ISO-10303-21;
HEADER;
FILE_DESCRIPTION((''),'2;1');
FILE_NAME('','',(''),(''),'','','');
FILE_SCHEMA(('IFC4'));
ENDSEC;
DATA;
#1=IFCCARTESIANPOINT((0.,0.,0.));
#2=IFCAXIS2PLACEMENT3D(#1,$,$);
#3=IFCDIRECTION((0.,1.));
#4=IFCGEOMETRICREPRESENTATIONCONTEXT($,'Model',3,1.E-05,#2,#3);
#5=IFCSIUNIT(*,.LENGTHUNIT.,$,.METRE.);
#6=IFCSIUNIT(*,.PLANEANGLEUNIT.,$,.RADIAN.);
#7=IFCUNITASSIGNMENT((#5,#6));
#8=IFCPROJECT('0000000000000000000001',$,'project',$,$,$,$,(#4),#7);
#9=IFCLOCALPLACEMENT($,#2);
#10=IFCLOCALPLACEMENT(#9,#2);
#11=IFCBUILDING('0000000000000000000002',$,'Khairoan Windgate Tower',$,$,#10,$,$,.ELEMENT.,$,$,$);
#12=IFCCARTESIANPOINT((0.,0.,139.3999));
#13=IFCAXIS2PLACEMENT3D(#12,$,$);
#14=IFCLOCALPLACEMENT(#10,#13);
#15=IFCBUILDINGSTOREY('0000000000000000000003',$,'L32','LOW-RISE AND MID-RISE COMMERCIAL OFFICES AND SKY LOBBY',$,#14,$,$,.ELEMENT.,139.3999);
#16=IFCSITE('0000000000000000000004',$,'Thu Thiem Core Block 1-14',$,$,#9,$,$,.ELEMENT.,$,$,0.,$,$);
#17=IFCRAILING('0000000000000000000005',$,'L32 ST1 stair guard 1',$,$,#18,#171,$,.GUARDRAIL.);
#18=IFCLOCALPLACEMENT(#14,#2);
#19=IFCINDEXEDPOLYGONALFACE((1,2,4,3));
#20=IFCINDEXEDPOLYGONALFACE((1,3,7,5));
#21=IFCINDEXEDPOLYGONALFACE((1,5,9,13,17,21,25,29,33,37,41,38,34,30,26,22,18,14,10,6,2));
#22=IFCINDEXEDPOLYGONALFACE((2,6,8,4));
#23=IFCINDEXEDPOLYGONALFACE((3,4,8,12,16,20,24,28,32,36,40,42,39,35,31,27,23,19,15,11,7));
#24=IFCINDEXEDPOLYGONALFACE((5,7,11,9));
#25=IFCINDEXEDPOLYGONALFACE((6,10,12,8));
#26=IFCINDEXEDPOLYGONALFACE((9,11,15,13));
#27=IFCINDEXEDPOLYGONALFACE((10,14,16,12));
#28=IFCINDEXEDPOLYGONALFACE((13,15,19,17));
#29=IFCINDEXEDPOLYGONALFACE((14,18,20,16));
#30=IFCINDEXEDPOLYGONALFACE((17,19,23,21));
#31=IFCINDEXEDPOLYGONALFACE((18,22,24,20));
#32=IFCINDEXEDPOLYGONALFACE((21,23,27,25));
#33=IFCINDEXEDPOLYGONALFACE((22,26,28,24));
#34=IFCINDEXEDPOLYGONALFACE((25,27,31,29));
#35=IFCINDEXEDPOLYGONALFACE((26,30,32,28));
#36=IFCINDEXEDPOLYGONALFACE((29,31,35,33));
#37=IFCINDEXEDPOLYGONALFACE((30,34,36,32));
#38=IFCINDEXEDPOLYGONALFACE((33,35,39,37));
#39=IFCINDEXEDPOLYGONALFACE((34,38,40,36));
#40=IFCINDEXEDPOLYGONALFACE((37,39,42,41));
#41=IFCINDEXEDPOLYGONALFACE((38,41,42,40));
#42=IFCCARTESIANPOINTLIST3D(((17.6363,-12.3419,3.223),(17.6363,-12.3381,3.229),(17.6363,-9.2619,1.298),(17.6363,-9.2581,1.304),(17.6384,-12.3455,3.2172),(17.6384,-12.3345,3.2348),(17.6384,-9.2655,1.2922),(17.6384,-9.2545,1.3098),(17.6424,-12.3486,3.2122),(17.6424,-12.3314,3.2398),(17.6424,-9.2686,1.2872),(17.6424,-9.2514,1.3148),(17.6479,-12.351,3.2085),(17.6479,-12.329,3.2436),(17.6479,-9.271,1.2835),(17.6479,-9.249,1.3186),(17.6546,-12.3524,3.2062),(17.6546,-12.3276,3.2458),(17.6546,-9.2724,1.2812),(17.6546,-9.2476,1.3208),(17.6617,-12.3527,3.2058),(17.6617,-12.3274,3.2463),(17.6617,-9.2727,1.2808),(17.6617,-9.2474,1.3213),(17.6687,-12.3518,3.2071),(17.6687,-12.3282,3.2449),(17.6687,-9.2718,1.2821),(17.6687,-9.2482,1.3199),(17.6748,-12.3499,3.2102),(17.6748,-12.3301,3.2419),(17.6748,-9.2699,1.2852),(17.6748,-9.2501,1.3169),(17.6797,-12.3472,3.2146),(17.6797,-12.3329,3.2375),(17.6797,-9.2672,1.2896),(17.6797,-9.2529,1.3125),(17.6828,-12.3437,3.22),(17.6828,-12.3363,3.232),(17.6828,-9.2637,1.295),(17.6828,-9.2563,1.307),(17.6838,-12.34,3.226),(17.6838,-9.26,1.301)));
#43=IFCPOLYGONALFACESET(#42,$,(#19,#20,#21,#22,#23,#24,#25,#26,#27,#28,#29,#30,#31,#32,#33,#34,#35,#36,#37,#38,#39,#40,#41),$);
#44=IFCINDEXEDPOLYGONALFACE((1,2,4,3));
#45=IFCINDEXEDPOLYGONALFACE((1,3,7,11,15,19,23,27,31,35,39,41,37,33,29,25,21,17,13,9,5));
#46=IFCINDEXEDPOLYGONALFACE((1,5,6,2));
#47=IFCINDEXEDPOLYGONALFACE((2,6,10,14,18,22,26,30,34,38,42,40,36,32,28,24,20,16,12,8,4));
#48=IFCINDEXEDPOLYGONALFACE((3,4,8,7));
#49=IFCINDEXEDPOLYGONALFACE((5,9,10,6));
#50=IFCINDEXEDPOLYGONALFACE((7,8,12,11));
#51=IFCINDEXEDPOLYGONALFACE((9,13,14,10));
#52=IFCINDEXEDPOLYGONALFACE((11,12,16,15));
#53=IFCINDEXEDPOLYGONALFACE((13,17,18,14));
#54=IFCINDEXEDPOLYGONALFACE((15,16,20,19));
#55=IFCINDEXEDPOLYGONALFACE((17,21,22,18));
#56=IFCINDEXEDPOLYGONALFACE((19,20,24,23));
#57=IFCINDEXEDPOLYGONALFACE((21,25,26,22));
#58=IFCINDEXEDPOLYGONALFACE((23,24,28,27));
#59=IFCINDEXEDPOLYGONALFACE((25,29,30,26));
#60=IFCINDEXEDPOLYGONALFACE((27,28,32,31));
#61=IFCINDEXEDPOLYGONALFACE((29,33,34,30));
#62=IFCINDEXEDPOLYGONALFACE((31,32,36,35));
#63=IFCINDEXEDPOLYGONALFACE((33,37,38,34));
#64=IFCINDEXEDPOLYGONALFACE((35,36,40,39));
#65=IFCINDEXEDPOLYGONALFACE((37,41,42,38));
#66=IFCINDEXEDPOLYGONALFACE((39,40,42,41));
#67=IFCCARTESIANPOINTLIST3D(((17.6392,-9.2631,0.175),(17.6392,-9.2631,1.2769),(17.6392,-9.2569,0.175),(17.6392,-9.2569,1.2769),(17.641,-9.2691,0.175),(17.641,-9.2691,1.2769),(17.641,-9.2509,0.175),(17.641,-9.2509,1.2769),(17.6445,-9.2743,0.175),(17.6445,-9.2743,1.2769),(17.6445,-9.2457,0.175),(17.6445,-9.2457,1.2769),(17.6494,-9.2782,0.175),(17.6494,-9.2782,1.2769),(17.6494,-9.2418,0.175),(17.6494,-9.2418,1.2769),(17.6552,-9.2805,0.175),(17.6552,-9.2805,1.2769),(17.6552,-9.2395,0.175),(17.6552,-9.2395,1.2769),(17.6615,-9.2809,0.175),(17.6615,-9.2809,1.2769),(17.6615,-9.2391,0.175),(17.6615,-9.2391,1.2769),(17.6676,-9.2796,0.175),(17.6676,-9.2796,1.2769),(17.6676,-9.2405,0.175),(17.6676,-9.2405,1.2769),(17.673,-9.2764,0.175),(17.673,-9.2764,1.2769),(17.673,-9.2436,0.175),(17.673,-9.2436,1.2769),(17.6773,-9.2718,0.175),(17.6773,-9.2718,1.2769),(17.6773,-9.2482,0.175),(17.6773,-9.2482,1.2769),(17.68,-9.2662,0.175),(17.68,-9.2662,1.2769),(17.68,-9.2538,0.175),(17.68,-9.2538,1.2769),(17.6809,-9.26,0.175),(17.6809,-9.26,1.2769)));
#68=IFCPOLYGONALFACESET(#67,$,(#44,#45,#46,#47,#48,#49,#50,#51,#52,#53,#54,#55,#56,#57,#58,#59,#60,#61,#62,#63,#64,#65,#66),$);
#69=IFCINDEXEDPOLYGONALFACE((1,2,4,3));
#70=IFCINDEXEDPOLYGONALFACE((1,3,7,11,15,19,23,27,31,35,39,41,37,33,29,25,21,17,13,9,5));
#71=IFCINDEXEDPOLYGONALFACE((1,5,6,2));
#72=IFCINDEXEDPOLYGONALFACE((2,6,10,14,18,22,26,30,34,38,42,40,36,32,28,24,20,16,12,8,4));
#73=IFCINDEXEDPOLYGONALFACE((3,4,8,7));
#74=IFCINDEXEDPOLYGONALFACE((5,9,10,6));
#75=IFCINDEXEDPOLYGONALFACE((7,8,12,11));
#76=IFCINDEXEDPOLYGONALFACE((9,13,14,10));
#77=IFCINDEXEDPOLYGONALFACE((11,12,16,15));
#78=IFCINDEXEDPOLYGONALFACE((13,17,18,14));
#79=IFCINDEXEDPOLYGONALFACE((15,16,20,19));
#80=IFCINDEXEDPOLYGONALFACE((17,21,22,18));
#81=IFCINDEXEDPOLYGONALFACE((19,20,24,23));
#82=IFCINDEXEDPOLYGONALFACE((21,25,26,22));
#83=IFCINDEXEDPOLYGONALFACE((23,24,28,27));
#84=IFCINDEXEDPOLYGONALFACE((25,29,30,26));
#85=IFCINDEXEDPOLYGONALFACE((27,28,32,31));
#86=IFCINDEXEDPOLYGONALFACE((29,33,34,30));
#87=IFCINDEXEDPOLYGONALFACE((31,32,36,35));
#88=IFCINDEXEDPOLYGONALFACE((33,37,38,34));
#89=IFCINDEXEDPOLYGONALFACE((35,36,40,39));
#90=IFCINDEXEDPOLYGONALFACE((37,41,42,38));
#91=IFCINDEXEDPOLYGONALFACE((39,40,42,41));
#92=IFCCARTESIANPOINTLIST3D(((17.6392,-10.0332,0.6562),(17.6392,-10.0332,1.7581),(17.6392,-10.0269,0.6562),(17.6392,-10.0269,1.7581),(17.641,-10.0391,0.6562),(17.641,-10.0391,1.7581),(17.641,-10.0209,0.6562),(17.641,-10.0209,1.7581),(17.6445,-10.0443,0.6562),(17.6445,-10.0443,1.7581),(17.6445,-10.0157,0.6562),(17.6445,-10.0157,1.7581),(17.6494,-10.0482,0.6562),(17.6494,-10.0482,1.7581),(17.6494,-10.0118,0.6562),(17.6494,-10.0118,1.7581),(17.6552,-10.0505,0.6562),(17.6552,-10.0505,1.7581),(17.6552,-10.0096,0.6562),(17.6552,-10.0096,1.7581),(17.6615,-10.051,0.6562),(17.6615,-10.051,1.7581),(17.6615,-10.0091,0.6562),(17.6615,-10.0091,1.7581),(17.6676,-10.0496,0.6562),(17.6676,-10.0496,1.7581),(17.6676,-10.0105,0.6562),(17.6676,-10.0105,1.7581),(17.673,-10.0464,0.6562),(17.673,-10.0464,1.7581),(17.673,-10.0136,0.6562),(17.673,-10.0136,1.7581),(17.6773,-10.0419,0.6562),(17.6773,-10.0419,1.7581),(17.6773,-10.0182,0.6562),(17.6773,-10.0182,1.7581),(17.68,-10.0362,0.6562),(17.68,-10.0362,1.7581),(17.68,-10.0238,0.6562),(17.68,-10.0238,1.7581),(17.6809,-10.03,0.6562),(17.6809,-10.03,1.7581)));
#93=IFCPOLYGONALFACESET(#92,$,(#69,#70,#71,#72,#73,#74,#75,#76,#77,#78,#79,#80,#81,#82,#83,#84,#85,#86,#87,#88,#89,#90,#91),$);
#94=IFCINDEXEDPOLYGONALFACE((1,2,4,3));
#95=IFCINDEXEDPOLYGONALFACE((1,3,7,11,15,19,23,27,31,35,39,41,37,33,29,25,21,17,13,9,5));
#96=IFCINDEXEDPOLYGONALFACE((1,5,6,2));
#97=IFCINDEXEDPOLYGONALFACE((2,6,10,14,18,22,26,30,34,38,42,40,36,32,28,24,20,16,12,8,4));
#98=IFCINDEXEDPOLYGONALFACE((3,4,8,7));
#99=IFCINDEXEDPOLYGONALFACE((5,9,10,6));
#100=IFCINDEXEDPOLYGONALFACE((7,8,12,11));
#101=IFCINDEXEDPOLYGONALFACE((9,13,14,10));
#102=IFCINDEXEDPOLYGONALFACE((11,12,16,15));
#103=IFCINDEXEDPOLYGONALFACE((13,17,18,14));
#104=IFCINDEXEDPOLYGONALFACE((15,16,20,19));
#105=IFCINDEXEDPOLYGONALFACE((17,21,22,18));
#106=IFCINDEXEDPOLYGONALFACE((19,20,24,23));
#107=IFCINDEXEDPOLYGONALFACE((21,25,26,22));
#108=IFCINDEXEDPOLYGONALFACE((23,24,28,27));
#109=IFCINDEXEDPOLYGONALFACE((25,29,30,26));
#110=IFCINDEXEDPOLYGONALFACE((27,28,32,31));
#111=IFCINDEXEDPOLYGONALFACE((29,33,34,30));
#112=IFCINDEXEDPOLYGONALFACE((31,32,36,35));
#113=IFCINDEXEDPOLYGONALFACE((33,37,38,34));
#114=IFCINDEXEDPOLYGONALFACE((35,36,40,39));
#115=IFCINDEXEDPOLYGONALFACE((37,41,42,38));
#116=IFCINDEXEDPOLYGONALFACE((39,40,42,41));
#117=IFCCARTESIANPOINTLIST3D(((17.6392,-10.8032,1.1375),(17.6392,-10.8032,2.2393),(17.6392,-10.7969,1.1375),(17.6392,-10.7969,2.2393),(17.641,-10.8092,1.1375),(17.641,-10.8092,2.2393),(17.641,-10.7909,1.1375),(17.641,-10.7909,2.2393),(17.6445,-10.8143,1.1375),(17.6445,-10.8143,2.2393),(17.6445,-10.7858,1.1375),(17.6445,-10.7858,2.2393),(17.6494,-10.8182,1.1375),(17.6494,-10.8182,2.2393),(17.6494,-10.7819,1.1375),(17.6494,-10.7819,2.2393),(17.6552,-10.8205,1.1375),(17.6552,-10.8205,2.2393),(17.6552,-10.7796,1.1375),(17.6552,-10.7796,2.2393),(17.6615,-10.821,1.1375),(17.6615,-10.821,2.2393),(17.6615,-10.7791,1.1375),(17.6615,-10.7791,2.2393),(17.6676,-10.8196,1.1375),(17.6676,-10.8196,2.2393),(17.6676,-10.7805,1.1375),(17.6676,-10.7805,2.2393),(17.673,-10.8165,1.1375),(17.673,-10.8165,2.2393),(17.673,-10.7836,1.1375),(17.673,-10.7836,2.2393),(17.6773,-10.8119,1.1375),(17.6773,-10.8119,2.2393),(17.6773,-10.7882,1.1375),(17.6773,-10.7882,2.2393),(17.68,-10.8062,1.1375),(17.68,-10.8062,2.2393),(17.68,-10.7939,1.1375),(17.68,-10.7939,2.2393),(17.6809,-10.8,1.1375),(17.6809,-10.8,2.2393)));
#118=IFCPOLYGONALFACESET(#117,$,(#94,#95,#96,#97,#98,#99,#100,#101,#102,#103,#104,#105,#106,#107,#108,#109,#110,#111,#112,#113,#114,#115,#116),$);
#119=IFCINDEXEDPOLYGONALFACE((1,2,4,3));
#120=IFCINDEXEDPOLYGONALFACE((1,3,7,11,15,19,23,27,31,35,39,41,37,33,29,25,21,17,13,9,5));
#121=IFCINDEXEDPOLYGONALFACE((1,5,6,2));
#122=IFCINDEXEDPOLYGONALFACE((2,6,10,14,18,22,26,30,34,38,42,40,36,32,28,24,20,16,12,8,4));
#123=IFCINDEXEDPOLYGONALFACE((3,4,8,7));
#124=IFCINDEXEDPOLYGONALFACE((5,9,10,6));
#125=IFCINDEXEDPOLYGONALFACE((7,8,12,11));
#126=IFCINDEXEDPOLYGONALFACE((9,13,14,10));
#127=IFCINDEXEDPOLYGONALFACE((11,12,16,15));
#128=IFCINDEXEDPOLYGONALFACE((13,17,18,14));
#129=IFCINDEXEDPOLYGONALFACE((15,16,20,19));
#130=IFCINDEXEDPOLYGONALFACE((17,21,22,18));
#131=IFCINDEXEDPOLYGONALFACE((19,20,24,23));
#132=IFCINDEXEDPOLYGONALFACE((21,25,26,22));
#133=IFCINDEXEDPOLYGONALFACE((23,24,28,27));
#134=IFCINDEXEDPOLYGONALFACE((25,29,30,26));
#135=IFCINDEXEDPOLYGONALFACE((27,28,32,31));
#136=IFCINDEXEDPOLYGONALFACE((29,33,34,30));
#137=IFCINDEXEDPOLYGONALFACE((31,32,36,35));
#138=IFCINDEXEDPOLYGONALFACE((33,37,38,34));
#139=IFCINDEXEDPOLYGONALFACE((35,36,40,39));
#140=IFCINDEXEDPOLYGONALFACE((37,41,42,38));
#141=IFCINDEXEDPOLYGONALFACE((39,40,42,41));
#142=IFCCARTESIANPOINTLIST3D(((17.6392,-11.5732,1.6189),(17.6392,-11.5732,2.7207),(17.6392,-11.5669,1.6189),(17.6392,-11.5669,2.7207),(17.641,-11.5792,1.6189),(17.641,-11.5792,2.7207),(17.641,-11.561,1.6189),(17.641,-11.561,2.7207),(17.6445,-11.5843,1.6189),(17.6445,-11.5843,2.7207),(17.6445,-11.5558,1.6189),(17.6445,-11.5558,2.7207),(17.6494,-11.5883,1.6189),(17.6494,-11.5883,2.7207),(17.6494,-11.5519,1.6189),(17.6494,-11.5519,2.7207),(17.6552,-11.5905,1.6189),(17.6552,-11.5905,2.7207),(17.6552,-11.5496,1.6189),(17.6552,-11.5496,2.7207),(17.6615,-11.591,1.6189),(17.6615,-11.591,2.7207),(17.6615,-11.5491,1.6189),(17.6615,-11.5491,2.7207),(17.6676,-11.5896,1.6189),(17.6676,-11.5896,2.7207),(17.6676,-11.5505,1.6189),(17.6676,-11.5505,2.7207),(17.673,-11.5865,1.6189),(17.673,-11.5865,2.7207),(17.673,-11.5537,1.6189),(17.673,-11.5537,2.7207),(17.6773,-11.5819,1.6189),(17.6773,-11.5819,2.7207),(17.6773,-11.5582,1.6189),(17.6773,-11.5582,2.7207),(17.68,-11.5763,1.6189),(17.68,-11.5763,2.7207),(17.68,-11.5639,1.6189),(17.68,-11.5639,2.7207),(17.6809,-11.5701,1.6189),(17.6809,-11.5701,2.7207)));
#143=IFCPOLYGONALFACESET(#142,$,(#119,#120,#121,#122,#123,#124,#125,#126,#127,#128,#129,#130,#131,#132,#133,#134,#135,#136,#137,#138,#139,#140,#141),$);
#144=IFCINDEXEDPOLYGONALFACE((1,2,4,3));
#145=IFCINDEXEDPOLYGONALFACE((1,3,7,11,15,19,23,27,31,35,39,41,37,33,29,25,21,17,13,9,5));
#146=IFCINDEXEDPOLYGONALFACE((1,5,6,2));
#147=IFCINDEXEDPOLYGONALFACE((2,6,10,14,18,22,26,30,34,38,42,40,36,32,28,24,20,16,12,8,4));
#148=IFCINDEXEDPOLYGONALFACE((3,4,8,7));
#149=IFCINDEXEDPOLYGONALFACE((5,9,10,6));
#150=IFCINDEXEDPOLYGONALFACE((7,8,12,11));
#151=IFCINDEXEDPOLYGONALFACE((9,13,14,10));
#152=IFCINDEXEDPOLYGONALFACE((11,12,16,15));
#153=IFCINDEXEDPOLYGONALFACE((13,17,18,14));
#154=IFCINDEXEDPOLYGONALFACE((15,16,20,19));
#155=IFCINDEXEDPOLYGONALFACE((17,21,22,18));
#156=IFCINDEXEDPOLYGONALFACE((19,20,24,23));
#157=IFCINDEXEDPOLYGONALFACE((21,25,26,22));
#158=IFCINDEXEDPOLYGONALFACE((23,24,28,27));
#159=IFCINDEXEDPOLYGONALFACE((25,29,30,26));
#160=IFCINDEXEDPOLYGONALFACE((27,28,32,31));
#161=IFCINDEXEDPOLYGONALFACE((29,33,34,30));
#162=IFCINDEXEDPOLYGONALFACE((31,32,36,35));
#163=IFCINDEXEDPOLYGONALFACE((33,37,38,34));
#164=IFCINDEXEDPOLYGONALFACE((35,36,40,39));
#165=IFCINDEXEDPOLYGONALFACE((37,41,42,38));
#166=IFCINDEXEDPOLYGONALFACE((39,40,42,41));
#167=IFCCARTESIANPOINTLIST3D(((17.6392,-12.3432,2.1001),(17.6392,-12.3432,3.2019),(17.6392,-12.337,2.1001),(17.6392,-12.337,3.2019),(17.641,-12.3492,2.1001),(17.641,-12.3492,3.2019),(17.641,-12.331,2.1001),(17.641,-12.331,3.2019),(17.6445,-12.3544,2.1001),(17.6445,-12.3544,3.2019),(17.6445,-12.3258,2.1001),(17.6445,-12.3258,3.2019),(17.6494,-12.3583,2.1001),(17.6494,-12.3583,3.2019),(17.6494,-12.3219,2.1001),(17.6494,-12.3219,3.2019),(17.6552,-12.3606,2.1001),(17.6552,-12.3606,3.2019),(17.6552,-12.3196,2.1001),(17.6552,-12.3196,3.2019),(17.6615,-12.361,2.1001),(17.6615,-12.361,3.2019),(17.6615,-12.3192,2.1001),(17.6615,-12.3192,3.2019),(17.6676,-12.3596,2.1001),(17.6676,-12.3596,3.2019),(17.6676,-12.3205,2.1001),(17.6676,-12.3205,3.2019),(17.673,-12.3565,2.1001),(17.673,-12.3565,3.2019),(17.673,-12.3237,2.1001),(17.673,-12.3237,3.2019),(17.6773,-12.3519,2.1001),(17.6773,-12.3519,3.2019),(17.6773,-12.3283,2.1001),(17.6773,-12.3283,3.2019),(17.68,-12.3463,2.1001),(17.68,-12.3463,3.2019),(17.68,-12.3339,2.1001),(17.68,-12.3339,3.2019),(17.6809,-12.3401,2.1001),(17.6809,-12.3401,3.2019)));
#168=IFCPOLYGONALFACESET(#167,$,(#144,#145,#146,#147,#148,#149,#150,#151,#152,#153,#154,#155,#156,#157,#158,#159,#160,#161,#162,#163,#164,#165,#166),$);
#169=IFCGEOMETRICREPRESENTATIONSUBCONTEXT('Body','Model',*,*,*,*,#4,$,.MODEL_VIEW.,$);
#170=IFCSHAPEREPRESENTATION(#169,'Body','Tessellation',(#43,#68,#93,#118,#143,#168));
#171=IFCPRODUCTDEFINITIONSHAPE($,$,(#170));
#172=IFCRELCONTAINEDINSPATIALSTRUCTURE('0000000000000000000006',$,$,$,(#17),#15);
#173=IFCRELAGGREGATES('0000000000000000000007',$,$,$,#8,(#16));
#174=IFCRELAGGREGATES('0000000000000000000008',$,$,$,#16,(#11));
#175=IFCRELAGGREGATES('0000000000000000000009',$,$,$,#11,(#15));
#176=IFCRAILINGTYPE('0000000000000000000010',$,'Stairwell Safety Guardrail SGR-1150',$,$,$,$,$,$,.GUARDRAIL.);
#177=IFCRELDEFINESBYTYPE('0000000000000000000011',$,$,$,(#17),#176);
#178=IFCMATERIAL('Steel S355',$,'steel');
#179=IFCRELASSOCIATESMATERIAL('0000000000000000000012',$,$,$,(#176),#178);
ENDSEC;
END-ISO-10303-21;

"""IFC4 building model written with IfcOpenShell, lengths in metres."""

from ifc_helpers import new_model, si_unit, direction, frame, origin, origin_2d, place, context, subcontext, project, spatial, circle, extrude, material, type_object, element, save


model = new_model("IFC4")

# Units and contexts
model_context = context("Model", 3, precision=1e-05, world=origin(), true_north=direction((0.0, 1.0)))
body_context = subcontext(model_context, "Body", "Model", "MODEL_VIEW")
ifc_project = project(units=[si_unit("LENGTHUNIT", "METRE"), si_unit("PLANEANGLEUNIT", "RADIAN")], contexts=[model_context])

# Site, building, storey
site_placement = place(None, origin())
site = spatial("IfcSite", under=ifc_project, at=site_placement, Name="Thu Thiem Core Block 1-14", CompositionType="ELEMENT", RefElevation=0.0)
building_placement = place(site_placement, origin())
building = spatial("IfcBuilding", under=site, at=building_placement, Name="Khairoan Windgate Tower", CompositionType="ELEMENT")
storey_placement = place(building_placement, frame((0.0, 0.0, 139.3999)))
storey = spatial("IfcBuildingStorey", under=building, at=storey_placement, Name="L32", Description="LOW-RISE AND MID-RISE COMMERCIAL OFFICES AND SKY LOBBY", CompositionType="ELEMENT", Elevation=139.3999)

# Railing
ifc_material_1 = material(Name="Steel S355", Category="steel")
railing_type_1 = type_object("IfcRailingType", Name="Stairwell Safety Guardrail SGR-1150", PredefinedType="GUARDRAIL", material=ifc_material_1)
railing_1_placement = place(storey_placement, frame((17.6599, -9.26, 0.175)))
element("IfcRailing", 1, at=railing_1_placement, inside=storey, type_object=railing_type_1, Name="L32 ST1 stair guard 1", PredefinedType="GUARDRAIL", context=body_context, shape_type="SweptSolid", body=[
    extrude(circle(Radius=0.0239, at=origin_2d()), frame((0.0, 0.0, 1.126), z_axis=(0.0, -0.847998, 0.529999), x_axis=(1.0, 0.0, 0.0)), (0.0, 0.0, 1.0), 3.6321),
    extrude(circle(Radius=0.021, at=origin_2d()), origin(), (0.0, 0.0, 1.0), 1.1018),
    extrude(circle(Radius=0.021, at=origin_2d()), frame((0.0, -0.77, 0.4812)), (0.0, 0.0, 1.0), 1.1018),
    extrude(circle(Radius=0.021, at=origin_2d()), frame((0.0, -1.54, 0.9624)), (0.0, 0.0, 1.0), 1.1018),
    extrude(circle(Radius=0.021, at=origin_2d()), frame((0.0, -2.3101, 1.4438)), (0.0, 0.0, 1.0), 1.1018),
    extrude(circle(Radius=0.021, at=origin_2d()), frame((0.0, -3.0801, 1.925)), (0.0, 0.0, 1.0), 1.1018),
])

save(model, "model.ifc")
